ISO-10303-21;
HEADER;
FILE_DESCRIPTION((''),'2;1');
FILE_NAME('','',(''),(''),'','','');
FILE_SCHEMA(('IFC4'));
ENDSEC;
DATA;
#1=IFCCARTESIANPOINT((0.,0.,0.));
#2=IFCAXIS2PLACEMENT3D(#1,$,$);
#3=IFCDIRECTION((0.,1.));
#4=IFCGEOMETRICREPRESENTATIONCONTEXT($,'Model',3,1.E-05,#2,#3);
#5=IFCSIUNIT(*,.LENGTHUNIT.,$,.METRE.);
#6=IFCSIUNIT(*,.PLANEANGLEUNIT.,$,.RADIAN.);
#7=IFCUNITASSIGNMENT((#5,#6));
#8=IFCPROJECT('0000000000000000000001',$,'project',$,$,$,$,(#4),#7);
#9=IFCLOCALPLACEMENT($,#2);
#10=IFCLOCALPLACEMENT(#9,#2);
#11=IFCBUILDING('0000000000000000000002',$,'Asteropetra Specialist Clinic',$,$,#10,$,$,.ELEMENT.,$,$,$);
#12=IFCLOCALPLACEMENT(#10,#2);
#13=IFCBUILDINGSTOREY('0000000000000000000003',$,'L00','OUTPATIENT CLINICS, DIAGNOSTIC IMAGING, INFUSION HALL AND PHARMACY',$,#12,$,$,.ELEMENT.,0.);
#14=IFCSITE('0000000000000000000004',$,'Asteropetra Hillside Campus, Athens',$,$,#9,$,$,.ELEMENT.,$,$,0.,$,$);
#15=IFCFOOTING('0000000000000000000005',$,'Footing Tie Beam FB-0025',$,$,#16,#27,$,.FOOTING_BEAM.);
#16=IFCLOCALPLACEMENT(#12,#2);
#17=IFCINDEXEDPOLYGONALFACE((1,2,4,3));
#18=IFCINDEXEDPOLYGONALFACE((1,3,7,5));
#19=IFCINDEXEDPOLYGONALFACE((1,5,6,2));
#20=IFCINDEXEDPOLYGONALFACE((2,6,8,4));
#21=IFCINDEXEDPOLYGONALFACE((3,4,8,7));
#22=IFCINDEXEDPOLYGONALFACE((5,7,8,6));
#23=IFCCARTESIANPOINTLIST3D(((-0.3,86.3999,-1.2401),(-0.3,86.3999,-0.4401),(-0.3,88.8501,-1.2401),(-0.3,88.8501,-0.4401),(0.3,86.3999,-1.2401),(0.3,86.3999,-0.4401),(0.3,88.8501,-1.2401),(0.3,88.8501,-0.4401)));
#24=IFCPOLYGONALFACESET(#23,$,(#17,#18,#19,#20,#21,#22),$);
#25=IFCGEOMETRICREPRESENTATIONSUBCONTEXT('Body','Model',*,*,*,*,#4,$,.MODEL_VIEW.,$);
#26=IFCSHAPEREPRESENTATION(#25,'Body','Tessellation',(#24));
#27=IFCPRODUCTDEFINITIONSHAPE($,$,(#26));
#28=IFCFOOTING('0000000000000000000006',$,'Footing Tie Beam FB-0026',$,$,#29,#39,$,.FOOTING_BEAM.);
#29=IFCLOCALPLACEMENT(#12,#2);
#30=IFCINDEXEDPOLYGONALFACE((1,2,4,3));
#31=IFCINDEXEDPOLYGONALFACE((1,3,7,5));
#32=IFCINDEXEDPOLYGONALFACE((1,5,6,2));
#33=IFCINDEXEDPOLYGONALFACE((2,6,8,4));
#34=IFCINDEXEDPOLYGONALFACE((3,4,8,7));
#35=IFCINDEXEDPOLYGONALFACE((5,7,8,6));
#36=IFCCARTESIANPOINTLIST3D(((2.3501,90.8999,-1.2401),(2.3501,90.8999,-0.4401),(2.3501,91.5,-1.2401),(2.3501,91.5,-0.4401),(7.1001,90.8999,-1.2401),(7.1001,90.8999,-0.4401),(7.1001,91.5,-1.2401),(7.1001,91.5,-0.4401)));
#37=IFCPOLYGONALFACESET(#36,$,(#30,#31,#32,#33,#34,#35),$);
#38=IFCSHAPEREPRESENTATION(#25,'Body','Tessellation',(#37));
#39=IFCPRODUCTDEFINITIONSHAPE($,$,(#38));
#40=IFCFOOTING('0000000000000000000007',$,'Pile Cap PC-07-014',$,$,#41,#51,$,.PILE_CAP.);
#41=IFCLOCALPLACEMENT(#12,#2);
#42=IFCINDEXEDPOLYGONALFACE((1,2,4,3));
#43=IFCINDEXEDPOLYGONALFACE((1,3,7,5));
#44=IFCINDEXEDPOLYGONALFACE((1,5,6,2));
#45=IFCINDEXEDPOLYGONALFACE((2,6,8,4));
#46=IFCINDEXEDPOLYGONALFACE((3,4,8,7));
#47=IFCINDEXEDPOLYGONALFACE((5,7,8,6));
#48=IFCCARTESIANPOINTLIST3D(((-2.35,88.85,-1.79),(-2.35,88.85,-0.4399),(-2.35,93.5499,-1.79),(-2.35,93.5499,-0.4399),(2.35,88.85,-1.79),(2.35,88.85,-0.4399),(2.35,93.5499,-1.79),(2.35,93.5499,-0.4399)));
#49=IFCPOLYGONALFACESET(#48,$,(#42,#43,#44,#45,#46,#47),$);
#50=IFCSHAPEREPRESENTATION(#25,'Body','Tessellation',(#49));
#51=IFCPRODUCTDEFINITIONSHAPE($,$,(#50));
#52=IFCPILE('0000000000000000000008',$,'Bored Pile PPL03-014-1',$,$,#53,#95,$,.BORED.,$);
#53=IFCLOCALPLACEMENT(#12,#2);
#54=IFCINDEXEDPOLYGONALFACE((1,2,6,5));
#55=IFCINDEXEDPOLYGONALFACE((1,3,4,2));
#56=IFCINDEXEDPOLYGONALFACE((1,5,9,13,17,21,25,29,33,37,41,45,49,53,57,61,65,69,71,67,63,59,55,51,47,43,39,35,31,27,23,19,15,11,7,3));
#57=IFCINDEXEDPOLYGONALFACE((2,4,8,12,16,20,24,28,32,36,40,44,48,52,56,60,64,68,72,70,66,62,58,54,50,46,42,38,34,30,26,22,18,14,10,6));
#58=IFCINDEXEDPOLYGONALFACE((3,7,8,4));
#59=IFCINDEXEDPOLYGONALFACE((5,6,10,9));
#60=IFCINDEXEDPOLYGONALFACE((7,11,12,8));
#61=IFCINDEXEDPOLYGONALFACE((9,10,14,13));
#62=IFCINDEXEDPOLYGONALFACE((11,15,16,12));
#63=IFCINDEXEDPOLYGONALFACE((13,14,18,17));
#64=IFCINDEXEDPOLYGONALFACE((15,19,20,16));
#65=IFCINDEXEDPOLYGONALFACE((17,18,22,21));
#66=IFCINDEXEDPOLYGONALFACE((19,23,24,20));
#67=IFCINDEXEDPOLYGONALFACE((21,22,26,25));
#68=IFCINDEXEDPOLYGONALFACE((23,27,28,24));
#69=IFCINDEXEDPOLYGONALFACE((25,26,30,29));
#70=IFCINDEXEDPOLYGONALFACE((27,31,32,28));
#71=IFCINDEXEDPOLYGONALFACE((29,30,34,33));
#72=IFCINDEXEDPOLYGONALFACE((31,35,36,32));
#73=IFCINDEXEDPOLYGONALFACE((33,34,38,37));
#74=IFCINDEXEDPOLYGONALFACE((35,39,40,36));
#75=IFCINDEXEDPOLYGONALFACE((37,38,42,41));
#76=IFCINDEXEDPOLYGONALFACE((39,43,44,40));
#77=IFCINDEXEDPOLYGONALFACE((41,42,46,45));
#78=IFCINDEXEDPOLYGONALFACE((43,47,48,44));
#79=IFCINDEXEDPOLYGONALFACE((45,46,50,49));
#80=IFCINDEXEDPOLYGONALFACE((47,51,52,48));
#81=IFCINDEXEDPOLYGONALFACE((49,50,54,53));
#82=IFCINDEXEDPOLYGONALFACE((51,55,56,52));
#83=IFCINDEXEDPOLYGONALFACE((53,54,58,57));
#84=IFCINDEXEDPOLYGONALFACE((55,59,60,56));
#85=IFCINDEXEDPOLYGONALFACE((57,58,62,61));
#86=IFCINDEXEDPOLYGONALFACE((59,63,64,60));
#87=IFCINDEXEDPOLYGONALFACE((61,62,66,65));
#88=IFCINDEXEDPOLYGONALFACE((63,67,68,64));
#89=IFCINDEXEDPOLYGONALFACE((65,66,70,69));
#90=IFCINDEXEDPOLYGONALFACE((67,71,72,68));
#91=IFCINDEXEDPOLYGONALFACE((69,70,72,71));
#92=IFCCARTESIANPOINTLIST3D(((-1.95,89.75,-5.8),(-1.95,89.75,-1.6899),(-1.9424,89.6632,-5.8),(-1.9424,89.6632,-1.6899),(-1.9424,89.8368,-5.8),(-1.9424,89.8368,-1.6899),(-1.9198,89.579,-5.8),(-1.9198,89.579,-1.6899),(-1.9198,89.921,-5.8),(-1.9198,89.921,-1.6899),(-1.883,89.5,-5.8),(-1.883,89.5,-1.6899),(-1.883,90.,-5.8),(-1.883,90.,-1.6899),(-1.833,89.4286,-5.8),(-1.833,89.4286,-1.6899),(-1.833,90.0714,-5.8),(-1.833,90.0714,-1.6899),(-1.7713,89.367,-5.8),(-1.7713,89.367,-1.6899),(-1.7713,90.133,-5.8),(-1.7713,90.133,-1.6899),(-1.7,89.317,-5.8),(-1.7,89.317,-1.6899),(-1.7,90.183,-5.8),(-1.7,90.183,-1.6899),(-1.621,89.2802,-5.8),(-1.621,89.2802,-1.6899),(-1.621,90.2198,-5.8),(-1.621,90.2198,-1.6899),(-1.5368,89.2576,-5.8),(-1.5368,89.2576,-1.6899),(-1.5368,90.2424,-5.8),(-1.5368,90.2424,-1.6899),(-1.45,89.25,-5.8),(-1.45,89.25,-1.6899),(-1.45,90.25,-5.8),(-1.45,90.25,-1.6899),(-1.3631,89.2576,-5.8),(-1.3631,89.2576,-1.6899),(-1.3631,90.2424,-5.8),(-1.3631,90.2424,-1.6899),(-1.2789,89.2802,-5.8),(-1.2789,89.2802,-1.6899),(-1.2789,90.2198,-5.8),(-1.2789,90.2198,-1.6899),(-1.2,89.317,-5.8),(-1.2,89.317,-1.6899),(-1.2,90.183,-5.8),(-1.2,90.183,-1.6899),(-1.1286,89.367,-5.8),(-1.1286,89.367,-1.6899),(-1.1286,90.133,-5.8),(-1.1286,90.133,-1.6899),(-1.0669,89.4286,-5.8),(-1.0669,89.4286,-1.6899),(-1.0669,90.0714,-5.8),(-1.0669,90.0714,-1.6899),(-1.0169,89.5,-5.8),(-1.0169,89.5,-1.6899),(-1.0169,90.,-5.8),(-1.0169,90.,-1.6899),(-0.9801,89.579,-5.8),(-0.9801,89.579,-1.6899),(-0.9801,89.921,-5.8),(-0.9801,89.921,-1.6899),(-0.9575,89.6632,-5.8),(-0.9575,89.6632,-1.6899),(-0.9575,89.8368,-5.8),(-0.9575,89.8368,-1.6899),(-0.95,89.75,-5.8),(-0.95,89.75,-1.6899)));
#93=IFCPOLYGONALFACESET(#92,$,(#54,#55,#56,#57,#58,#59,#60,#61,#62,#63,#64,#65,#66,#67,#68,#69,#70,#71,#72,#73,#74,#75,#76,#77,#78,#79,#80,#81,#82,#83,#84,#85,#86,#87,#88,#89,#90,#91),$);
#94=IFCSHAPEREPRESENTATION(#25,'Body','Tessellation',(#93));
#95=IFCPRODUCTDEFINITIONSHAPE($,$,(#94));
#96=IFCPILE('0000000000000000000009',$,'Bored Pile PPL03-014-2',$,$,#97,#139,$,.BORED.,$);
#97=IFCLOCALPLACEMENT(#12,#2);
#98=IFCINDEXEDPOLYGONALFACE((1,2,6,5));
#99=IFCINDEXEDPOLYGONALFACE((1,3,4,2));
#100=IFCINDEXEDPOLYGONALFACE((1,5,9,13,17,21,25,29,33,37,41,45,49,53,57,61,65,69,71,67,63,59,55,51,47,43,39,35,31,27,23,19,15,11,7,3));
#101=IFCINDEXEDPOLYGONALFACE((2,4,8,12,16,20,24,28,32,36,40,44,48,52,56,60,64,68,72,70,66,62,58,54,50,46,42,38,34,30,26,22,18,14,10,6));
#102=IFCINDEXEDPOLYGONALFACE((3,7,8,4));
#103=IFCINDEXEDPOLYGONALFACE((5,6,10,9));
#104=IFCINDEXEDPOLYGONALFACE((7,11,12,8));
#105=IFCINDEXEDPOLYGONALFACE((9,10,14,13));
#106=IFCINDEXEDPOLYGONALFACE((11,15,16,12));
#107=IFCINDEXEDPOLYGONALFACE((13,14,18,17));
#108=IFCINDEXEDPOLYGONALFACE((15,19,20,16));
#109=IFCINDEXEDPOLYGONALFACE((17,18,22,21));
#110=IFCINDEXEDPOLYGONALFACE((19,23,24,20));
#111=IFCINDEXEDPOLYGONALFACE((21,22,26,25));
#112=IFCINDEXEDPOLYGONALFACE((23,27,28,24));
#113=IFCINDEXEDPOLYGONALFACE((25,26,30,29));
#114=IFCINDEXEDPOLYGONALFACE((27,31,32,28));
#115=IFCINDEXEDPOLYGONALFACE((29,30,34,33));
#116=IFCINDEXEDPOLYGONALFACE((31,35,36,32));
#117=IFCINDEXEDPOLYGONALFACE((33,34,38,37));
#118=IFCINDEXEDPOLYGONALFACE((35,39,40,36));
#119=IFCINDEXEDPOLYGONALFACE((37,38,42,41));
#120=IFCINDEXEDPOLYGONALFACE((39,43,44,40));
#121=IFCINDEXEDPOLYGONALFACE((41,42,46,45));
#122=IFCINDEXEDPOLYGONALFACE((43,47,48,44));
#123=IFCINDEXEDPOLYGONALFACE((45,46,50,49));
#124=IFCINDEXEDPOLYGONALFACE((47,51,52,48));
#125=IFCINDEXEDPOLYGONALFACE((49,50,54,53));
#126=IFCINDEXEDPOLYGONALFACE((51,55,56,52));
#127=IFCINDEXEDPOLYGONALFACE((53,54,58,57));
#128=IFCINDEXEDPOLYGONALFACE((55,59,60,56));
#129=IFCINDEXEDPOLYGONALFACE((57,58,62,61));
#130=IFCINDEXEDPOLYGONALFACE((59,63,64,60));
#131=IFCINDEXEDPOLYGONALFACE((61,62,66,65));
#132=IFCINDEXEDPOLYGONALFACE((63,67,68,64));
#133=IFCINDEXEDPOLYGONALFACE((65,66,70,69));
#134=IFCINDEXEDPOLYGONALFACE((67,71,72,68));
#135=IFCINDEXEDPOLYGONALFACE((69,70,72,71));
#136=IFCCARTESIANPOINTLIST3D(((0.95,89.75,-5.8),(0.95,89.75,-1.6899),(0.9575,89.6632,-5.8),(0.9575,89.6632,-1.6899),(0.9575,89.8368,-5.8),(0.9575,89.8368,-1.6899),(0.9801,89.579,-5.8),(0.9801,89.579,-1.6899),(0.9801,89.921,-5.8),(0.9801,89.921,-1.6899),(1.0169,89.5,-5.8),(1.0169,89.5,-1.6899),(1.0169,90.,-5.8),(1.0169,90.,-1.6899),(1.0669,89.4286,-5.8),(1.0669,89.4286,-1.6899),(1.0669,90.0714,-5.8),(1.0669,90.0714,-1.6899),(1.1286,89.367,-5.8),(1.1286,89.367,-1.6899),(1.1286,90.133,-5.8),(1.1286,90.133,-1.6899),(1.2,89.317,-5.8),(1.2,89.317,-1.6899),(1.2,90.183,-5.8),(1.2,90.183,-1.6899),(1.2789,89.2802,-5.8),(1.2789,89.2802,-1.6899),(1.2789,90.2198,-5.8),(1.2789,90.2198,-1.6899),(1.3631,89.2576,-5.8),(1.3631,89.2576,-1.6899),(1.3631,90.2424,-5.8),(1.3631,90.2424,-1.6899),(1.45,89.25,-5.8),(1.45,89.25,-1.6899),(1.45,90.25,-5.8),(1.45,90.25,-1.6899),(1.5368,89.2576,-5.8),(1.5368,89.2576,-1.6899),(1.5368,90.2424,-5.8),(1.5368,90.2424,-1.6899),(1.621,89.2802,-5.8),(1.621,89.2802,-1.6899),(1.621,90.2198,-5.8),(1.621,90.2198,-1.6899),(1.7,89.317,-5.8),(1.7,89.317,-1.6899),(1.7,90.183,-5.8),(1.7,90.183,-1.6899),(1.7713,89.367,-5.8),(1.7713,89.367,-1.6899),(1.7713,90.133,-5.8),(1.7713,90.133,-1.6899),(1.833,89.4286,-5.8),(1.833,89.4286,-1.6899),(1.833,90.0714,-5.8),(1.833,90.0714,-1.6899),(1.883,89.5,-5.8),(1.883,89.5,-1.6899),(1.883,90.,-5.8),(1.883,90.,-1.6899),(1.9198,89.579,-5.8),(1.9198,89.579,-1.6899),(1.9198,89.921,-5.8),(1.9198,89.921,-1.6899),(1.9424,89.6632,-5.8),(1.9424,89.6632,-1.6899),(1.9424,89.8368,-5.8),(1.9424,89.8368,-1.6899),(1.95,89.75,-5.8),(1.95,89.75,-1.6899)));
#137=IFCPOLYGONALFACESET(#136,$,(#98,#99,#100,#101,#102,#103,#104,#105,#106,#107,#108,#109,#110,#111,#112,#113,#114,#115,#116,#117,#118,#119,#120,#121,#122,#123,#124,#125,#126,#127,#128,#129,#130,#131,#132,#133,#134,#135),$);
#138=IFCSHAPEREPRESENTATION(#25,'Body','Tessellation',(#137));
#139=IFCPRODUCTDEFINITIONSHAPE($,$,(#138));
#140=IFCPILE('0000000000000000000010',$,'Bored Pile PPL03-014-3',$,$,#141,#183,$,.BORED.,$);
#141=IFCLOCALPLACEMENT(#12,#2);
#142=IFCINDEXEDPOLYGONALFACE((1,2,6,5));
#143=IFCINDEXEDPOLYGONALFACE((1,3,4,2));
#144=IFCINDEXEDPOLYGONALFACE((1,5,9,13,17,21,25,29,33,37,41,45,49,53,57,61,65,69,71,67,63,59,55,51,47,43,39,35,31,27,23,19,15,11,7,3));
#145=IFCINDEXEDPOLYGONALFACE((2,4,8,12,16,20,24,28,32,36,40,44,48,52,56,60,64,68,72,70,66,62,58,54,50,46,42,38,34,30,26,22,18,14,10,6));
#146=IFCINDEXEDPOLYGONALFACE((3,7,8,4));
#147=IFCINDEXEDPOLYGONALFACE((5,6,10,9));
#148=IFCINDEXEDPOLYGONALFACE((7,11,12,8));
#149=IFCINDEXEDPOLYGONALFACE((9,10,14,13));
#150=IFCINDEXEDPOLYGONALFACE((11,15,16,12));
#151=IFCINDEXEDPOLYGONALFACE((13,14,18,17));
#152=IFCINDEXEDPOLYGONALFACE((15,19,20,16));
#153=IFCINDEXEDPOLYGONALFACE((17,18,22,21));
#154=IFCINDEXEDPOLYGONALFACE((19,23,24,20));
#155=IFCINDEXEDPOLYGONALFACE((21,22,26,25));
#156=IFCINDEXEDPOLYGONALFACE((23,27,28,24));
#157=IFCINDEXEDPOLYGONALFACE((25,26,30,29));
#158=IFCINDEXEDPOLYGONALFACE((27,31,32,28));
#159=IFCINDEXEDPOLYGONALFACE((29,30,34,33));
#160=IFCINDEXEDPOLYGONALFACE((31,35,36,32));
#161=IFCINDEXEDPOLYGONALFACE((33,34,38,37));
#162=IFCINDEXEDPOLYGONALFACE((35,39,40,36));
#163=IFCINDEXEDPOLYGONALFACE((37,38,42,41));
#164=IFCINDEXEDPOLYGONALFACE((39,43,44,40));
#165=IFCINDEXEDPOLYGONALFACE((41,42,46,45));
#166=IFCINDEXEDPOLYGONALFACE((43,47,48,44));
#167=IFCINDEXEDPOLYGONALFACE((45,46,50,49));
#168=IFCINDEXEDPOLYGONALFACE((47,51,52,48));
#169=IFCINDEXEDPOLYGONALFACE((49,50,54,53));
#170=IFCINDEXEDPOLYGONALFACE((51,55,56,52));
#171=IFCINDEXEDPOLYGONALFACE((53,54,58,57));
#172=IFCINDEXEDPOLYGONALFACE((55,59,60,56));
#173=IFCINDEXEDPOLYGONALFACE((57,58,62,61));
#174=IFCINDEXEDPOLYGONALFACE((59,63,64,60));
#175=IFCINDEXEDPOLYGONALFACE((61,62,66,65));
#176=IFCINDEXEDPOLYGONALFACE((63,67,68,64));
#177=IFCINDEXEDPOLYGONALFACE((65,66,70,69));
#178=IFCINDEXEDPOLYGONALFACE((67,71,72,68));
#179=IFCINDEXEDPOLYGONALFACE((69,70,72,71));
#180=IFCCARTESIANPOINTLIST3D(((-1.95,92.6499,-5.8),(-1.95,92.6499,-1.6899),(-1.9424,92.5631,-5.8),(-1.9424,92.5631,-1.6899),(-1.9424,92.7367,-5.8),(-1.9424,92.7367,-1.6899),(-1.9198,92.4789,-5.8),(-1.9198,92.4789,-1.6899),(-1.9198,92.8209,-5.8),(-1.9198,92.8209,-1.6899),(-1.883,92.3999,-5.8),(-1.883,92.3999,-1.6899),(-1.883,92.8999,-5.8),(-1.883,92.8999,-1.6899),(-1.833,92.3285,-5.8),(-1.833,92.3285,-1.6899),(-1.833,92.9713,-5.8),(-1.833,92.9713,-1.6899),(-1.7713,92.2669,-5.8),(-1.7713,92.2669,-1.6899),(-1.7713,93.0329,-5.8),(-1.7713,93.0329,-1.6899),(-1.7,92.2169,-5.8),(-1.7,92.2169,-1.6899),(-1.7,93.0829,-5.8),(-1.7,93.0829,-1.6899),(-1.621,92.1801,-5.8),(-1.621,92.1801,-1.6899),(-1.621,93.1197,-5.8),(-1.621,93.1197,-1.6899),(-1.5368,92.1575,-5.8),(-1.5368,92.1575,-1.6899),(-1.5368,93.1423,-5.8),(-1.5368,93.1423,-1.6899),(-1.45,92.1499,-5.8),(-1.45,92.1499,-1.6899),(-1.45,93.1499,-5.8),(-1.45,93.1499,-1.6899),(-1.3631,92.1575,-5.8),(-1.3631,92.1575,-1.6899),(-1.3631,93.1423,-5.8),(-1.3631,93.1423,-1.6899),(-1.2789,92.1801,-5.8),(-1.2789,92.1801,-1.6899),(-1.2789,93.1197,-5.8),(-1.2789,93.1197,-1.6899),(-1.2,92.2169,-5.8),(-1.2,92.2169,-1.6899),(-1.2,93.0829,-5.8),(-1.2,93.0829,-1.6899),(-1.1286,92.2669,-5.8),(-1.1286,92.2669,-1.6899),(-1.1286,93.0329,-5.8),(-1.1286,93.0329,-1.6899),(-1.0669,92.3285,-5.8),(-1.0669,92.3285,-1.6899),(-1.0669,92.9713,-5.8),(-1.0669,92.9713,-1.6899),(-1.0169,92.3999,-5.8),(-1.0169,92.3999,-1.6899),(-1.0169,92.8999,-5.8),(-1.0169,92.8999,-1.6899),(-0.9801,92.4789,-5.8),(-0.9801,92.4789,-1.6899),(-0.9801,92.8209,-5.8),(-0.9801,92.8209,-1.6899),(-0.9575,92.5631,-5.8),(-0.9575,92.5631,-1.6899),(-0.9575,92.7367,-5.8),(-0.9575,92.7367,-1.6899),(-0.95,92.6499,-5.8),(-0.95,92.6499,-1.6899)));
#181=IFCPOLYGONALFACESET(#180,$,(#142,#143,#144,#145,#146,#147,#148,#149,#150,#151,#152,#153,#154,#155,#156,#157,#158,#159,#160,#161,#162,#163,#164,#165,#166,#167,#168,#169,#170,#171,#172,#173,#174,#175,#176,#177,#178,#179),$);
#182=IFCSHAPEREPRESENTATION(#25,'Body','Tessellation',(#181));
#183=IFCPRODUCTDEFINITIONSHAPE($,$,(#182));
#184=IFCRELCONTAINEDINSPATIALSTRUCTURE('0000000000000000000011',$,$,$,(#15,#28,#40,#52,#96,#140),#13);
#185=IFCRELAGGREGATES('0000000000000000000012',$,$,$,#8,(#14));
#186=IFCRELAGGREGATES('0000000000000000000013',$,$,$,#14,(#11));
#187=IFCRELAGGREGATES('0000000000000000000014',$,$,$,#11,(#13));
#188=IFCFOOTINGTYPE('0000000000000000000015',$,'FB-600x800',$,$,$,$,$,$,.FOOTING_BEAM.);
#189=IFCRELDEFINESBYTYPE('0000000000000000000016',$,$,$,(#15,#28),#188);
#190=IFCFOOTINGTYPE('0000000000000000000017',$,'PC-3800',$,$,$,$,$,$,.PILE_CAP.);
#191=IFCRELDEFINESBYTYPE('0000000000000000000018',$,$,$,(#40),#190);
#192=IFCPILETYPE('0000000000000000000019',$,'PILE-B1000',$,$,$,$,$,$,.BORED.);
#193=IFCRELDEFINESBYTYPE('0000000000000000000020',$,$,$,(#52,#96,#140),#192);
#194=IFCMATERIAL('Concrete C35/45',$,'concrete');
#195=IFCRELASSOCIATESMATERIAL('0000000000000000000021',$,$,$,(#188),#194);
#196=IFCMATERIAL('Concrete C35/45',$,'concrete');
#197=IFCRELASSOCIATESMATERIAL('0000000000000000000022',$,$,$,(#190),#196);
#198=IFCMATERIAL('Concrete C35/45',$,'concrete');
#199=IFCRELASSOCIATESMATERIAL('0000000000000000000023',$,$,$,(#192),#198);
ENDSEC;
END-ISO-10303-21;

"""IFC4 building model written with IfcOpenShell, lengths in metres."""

from ifc_helpers import new_model, si_unit, direction, frame, origin, origin_2d, place, context, subcontext, project, spatial, rectangle, circle, extrude, material, material_profile, profile_set, type_object, element, save


model = new_model("IFC4")

# Units and contexts
model_context = context("Model", 3, precision=1e-05, world=origin(), true_north=direction((0.0, 1.0)))
body_context = subcontext(model_context, "Body", "Model", "MODEL_VIEW")
ifc_project = project(units=[si_unit("LENGTHUNIT", "METRE"), si_unit("PLANEANGLEUNIT", "RADIAN")], contexts=[model_context])

# Site, building, storey
site_placement = place(None, origin())
site = spatial("IfcSite", under=ifc_project, at=site_placement, Name="Asteropetra Hillside Campus, Athens", CompositionType="ELEMENT", RefElevation=0.0)
building_placement = place(site_placement, origin())
building = spatial("IfcBuilding", under=site, at=building_placement, Name="Asteropetra Specialist Clinic", CompositionType="ELEMENT")
storey_placement = place(building_placement, origin())
storey = spatial("IfcBuildingStorey", under=building, at=storey_placement, Name="L00", Description="OUTPATIENT CLINICS, DIAGNOSTIC IMAGING, INFUSION HALL AND PHARMACY", CompositionType="ELEMENT", Elevation=0.0)

# Footings
ifc_material_1 = material(Name="Concrete C35/45", Category="concrete")
ifc_material_profile_1 = material_profile(ifc_material_1, rectangle(XDim=0.6001, YDim=0.8, at=origin_2d()), Name="FB 600x800")
ifc_profile_set_1 = profile_set([ifc_material_profile_1], Name="Concrete C35/45")
footing_type_1 = type_object("IfcFootingType", Name="FB-600x800", PredefinedType="FOOTING_BEAM", material=ifc_profile_set_1)
footing_1_placement = place(storey_placement, frame((0.0, 86.3999, -0.8401), z_axis=(0.0, 1.0, 0.0), x_axis=(-1.0, 0.0, 0.0)))
element("IfcFooting", 1, at=footing_1_placement, inside=storey, type_object=footing_type_1, Name="Footing Tie Beam FB-0025", PredefinedType="FOOTING_BEAM", context=body_context, shape_type="SweptSolid", body=[
    extrude(rectangle(XDim=0.6001, YDim=0.8, at=origin_2d()), origin(), (0.0, 0.0, 1.0), 2.4502),
])
footing_2_placement = place(storey_placement, frame((2.3501, 91.2, -0.8401), z_axis=(1.0, 0.0, 0.0), x_axis=(0.0, 1.0, 0.0)))
element("IfcFooting", 2, at=footing_2_placement, inside=storey, type_object=footing_type_1, Name="Footing Tie Beam FB-0026", PredefinedType="FOOTING_BEAM", context=body_context, shape_type="SweptSolid", body=[
    extrude(rectangle(XDim=0.6001, YDim=0.8, at=origin_2d()), origin(), (0.0, 0.0, 1.0), 4.75),
])
ifc_material_2 = material(Name="Concrete C35/45", Category="concrete")
footing_type_2 = type_object("IfcFootingType", Name="PC-3800", PredefinedType="PILE_CAP", material=ifc_material_2)
footing_3_placement = place(storey_placement, frame((0.0, 91.2, -1.79), z_axis=(0.0, 0.0, 1.0), x_axis=(1.0, 0.0, 0.0)))
element("IfcFooting", 3, at=footing_3_placement, inside=storey, type_object=footing_type_2, Name="Pile Cap PC-07-014", PredefinedType="PILE_CAP", context=body_context, shape_type="SweptSolid", body=[
    extrude(rectangle(XDim=4.7, YDim=4.7, at=origin_2d()), origin(), (0.0, 0.0, 1.0), 1.3501),
])

# Piles
ifc_material_3 = material(Name="Concrete C35/45", Category="concrete")
ifc_material_profile_2 = material_profile(ifc_material_3, circle(Radius=0.5, at=origin_2d()), Name="PILE D1000")
ifc_profile_set_2 = profile_set([ifc_material_profile_2], Name="Concrete C35/45")
pile_type_1 = type_object("IfcPileType", Name="PILE-B1000", PredefinedType="BORED", material=ifc_profile_set_2)
for number, where, z_axis, x_axis, name in (
    (4, (-1.45, 89.75, -1.6899), (0.0, 0.0, -1.0), (1.0, 0.0, 0.0), "Bored Pile PPL03-014-1"),
    (5, (1.45, 89.75, -1.6899), (0.0, 0.0, -1.0), (1.0, 0.0, 0.0), "Bored Pile PPL03-014-2"),
    (6, (-1.45, 92.6499, -1.6899), (0.0, 0.0, -1.0), (1.0, 0.0, 0.0), "Bored Pile PPL03-014-3"),
):
    element("IfcPile", number, at=place(storey_placement, frame(where, z_axis=z_axis, x_axis=x_axis)), inside=storey, type_object=pile_type_1, Name=name, PredefinedType="BORED", context=body_context, shape_type="SweptSolid", body=[
        extrude(circle(Radius=0.5, at=origin_2d()), origin(), (0.0, 0.0, 1.0), 4.1101),
    ])

save(model, "model.ifc")
